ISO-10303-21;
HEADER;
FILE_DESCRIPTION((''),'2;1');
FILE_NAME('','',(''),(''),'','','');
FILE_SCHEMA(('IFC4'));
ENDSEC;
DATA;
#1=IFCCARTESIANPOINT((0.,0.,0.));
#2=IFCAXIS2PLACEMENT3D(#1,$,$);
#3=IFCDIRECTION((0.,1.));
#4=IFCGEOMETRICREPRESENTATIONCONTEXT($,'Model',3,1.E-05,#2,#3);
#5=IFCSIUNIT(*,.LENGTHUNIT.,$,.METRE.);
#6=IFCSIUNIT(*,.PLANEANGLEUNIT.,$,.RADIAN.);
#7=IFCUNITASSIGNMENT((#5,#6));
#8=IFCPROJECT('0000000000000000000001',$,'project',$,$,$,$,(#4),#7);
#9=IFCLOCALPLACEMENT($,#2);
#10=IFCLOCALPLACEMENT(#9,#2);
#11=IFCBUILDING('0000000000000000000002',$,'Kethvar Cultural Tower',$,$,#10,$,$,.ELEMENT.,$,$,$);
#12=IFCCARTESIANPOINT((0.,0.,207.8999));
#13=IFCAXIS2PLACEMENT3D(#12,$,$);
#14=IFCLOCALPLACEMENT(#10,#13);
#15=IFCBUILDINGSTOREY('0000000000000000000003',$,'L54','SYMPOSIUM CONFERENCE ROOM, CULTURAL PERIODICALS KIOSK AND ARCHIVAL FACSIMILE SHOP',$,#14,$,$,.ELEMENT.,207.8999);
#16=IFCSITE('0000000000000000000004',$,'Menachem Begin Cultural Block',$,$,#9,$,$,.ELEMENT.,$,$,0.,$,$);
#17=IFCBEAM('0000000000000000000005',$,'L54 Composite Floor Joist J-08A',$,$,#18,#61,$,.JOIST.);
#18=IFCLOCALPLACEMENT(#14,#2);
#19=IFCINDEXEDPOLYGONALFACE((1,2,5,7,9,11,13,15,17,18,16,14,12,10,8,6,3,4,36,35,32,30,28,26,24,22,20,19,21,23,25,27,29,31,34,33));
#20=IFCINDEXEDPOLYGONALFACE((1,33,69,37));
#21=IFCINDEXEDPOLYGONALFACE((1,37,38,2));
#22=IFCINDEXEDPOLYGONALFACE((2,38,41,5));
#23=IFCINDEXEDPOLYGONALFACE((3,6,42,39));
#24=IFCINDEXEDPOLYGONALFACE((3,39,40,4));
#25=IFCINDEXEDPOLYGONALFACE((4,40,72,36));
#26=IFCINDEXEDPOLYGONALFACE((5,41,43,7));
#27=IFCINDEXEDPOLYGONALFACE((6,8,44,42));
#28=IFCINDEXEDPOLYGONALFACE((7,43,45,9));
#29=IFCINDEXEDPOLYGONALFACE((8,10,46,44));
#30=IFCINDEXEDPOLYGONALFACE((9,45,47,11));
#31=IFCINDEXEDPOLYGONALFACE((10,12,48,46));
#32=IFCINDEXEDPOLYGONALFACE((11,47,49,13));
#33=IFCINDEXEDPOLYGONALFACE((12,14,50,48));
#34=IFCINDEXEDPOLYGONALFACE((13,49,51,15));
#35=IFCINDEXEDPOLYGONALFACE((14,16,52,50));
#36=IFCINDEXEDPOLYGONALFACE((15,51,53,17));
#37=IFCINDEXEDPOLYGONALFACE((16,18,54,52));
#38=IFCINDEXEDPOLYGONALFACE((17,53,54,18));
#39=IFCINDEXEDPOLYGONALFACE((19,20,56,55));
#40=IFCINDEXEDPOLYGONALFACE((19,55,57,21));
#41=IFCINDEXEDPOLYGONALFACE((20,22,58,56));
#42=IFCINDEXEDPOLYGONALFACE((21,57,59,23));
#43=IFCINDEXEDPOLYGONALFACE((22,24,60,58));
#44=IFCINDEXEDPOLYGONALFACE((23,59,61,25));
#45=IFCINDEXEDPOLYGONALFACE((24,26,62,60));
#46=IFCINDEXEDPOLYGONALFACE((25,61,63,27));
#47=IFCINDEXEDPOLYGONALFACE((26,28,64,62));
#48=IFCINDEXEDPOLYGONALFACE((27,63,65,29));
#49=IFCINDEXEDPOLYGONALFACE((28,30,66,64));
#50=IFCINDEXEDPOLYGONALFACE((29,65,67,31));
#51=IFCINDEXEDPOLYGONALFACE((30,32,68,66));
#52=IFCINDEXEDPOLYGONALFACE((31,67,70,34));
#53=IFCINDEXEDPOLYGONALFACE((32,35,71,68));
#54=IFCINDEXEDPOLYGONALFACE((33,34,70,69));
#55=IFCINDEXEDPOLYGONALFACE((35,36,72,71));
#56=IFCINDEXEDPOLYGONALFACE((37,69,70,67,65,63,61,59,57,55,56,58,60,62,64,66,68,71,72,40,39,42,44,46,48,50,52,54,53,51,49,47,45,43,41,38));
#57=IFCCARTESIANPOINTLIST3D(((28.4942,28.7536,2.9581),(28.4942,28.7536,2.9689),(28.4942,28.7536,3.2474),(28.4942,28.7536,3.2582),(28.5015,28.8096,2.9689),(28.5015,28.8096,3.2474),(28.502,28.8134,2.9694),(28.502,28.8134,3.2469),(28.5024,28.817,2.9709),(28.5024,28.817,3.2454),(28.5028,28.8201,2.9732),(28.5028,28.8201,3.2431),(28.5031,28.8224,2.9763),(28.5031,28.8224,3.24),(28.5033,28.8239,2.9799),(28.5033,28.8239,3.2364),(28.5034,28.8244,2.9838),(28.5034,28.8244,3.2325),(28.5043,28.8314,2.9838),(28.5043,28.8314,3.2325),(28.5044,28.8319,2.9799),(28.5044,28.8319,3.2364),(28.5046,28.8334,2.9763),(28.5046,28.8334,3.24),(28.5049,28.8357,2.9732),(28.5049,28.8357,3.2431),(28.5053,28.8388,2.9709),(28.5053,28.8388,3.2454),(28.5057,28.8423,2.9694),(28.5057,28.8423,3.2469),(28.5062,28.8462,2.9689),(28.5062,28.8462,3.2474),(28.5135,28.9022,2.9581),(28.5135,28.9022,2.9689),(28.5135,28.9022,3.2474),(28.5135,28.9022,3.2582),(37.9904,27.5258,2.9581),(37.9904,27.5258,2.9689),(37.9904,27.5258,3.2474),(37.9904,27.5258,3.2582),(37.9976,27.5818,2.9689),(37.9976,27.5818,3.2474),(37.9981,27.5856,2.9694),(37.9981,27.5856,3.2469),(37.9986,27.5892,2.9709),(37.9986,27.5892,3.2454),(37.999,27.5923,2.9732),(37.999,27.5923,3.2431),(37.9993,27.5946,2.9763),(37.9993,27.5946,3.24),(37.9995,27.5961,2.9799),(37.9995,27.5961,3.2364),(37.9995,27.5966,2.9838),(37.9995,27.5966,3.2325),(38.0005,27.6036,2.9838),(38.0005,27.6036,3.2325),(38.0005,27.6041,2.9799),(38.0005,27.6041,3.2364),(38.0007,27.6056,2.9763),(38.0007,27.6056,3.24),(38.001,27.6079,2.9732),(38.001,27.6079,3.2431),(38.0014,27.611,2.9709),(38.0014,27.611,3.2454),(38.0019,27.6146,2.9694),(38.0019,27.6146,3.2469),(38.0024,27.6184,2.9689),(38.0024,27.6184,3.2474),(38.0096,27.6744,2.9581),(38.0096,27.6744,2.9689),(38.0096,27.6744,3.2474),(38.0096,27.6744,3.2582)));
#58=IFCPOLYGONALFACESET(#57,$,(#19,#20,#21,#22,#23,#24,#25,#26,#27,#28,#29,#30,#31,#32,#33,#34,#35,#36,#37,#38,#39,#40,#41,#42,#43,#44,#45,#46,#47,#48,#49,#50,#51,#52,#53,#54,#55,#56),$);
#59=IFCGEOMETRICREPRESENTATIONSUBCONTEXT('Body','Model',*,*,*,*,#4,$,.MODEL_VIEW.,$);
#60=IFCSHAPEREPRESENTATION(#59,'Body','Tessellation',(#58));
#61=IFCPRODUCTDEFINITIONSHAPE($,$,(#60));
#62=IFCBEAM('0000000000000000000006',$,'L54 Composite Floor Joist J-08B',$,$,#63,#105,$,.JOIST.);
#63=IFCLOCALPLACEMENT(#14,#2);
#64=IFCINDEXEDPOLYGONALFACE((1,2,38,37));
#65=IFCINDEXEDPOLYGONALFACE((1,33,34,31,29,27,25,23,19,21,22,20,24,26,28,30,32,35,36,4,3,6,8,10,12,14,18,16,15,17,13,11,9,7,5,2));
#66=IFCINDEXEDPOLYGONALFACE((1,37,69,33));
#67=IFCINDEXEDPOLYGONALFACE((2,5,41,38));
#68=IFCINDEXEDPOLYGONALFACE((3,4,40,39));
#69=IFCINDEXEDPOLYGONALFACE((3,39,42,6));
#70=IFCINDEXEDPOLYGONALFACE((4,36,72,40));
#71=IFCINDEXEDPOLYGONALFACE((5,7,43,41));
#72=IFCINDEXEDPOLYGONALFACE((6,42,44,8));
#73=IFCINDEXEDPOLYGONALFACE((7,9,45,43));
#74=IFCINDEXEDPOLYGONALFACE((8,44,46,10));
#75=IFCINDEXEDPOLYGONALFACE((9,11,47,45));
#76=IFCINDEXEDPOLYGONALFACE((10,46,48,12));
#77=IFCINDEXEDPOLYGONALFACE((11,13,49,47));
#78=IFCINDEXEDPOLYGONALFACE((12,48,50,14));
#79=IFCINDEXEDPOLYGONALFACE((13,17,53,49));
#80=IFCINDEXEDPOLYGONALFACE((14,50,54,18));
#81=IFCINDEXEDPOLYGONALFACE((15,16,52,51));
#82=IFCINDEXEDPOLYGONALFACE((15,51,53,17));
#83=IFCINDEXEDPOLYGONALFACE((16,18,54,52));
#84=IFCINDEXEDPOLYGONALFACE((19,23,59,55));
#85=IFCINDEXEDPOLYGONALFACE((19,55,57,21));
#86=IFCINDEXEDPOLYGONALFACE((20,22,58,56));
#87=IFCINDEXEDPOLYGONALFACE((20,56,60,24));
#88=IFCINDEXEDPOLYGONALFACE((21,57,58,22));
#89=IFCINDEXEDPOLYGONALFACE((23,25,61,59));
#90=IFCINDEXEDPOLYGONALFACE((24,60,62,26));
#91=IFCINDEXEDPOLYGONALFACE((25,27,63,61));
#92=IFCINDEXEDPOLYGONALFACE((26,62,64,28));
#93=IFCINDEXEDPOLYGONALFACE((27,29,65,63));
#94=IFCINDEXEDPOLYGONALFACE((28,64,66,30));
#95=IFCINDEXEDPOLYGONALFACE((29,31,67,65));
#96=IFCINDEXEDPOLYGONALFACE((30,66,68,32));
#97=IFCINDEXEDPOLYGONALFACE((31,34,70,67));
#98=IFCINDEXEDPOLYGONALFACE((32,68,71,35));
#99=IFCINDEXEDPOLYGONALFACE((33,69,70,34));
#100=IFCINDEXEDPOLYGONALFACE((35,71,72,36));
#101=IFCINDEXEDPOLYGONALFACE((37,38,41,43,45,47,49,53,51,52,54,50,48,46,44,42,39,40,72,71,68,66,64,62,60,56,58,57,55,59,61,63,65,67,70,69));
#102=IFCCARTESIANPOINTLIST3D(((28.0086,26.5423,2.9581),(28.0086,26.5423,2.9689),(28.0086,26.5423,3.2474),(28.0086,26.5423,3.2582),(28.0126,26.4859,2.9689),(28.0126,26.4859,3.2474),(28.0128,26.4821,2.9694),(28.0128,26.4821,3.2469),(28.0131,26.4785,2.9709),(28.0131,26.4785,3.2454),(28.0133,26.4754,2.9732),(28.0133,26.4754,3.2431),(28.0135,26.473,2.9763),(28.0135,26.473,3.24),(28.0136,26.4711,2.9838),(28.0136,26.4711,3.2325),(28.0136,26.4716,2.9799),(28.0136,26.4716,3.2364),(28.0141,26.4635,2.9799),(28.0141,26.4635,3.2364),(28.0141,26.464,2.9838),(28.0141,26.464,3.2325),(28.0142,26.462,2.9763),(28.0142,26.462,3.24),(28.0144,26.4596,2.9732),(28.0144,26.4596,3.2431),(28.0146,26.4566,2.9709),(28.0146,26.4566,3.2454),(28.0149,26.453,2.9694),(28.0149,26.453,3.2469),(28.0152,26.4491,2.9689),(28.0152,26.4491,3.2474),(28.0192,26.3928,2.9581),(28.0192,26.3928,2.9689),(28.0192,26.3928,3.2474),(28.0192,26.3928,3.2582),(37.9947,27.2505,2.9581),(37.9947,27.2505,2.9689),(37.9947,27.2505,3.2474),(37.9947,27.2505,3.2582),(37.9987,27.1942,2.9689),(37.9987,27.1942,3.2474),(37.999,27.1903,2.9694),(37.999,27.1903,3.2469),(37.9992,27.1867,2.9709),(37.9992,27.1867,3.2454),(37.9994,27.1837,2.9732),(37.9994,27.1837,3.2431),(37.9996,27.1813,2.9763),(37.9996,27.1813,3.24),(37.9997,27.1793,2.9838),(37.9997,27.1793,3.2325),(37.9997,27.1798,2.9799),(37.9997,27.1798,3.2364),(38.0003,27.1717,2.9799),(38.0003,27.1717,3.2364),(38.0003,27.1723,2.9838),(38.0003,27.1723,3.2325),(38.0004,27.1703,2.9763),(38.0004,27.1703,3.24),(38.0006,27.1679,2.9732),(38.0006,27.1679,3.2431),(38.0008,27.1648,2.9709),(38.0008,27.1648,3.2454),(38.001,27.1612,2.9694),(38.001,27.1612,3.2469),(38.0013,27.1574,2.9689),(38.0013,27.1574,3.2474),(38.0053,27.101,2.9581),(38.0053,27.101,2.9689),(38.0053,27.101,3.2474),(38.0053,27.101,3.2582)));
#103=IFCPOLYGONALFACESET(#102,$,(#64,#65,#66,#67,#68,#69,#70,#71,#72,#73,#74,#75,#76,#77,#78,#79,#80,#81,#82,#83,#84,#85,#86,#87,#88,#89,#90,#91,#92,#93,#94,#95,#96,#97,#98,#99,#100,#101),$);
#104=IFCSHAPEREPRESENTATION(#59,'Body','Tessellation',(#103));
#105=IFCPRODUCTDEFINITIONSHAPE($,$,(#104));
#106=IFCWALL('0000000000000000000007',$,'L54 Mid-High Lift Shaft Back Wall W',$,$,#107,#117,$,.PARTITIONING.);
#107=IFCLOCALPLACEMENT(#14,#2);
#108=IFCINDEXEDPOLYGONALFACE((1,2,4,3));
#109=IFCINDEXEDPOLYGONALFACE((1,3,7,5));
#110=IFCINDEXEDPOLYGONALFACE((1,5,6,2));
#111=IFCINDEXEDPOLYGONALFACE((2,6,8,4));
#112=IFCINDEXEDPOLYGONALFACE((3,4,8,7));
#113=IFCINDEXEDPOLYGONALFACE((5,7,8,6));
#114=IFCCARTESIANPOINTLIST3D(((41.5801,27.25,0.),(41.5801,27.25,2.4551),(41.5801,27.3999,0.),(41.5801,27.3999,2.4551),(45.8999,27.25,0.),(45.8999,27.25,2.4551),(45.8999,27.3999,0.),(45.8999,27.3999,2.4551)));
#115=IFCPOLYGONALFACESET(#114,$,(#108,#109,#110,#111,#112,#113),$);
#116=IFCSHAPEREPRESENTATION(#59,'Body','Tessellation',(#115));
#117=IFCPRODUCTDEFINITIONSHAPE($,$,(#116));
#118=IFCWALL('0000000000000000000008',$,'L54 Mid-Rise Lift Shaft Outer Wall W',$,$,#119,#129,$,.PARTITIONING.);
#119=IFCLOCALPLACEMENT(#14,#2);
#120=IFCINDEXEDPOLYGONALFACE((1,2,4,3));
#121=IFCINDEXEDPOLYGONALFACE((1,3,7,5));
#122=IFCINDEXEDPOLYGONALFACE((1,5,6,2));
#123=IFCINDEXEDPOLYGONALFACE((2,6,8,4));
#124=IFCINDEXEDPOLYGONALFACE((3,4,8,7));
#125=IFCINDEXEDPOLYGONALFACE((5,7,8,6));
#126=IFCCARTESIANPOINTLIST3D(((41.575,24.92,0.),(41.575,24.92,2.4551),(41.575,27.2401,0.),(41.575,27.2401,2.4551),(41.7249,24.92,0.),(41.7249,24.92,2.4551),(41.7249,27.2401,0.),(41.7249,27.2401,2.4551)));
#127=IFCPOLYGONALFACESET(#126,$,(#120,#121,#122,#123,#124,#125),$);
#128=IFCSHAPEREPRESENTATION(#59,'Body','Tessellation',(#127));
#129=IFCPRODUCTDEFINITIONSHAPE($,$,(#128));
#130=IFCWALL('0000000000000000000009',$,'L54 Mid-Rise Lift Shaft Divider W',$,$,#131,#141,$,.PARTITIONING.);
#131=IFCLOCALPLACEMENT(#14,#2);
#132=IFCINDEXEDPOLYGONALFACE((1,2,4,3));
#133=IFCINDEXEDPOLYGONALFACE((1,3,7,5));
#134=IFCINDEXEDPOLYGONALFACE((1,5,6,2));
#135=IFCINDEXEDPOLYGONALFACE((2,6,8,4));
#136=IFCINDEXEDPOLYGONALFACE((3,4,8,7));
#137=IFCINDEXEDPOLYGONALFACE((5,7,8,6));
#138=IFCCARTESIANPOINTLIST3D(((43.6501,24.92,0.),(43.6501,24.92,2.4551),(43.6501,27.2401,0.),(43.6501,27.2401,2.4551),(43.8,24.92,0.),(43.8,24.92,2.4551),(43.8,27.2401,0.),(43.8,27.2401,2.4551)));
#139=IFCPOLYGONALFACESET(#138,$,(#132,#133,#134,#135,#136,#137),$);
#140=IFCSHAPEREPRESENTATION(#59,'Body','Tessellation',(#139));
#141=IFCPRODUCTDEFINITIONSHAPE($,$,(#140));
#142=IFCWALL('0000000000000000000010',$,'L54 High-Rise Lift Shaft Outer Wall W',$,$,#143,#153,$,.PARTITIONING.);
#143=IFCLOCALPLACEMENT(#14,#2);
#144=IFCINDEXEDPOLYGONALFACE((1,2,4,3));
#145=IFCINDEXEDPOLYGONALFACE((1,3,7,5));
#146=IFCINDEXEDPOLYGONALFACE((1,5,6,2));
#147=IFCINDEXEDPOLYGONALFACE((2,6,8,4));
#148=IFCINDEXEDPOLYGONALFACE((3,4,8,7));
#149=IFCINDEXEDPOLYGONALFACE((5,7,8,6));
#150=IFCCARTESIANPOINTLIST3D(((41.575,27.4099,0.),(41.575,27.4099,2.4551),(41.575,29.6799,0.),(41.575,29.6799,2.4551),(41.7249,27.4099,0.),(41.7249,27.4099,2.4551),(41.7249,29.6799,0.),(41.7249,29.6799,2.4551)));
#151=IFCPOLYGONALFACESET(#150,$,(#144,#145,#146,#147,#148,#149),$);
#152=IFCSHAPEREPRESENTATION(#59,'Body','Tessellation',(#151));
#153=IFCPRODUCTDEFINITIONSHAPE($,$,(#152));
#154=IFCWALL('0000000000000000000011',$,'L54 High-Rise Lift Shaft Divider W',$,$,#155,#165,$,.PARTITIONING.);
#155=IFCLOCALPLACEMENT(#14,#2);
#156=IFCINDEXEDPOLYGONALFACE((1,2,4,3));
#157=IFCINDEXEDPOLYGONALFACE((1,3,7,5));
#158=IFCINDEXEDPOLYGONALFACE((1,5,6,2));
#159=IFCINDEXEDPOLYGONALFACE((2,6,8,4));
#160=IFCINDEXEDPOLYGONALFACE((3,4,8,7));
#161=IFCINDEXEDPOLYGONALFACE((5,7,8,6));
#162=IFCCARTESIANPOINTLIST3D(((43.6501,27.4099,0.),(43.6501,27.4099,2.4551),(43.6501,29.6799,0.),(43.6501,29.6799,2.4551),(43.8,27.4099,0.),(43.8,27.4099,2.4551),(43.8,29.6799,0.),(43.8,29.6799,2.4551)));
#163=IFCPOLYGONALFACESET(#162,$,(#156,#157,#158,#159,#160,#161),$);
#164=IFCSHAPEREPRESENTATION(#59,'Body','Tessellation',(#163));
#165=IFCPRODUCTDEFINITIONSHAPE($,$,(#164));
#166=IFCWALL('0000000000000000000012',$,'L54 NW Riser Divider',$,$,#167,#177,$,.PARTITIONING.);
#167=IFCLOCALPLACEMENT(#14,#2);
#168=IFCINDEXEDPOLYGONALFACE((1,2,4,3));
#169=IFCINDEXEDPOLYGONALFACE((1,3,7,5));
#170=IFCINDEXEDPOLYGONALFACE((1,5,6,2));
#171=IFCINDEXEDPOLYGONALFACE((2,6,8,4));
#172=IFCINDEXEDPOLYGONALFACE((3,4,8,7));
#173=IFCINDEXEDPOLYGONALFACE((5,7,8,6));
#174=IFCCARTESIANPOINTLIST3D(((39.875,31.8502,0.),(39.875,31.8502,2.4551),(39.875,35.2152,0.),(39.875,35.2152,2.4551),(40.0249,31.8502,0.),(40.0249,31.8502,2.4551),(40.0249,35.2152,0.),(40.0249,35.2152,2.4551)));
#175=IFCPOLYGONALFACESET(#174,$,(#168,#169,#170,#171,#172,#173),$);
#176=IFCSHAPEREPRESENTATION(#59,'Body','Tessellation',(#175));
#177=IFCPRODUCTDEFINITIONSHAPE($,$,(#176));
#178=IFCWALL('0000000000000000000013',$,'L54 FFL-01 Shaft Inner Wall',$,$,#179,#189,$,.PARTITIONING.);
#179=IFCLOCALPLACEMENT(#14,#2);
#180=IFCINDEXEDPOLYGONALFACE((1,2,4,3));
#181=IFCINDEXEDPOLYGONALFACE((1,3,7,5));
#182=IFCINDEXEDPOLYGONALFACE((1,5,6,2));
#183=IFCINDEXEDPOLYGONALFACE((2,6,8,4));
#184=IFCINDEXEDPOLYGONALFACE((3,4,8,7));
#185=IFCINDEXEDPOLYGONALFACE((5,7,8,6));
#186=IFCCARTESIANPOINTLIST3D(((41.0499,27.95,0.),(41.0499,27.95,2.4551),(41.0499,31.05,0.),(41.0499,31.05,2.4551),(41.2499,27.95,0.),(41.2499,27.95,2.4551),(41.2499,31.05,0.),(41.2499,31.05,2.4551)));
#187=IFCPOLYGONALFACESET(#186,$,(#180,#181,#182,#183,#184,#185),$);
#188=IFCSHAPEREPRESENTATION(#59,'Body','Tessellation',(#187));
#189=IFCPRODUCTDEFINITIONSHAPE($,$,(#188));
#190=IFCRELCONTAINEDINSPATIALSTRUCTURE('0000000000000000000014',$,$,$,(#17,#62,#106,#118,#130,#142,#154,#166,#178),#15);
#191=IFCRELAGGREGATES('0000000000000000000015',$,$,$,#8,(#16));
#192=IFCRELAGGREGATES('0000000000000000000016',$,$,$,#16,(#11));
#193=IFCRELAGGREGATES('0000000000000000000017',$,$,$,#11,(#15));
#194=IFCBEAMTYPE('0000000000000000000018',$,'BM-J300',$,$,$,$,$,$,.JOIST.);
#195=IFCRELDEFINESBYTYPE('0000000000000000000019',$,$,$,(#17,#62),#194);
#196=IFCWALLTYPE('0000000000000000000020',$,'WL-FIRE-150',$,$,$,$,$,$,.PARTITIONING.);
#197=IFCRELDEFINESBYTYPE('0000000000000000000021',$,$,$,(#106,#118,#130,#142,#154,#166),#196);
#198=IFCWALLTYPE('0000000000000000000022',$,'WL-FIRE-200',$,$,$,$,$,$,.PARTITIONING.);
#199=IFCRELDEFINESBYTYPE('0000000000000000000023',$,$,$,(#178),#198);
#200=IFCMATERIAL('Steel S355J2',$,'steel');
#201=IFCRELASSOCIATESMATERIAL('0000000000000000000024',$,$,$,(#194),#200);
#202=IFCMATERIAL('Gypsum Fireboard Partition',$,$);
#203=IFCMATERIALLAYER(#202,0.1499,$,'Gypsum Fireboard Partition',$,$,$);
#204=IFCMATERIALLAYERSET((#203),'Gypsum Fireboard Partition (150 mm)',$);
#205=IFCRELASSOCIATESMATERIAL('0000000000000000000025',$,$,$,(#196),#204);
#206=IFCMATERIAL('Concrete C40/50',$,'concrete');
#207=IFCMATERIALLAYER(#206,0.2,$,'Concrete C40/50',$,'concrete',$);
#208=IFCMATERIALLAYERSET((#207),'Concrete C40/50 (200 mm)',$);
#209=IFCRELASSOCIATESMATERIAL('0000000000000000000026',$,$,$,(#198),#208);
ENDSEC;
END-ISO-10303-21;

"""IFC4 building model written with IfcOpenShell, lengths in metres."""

from ifc_helpers import new_model, si_unit, direction, frame, frame_2d, origin, origin_2d, place, context, subcontext, project, spatial, rectangle, i_section, extrude, source, transform, mapped, material, layer, layer_set, material_profile, profile_set, type_object, element, save


model = new_model("IFC4")

# Units and contexts
model_context = context("Model", 3, precision=1e-05, world=origin(), true_north=direction((0.0, 1.0)))
body_context = subcontext(model_context, "Body", "Model", "MODEL_VIEW")
ifc_project = project(units=[si_unit("LENGTHUNIT", "METRE"), si_unit("PLANEANGLEUNIT", "RADIAN")], contexts=[model_context])

# Site, building, storey
site_placement = place(None, origin())
site = spatial("IfcSite", under=ifc_project, at=site_placement, Name="Menachem Begin Cultural Block", CompositionType="ELEMENT", RefElevation=0.0)
building_placement = place(site_placement, origin())
building = spatial("IfcBuilding", under=site, at=building_placement, Name="Kethvar Cultural Tower", CompositionType="ELEMENT")
storey_placement = place(building_placement, frame((0.0, 0.0, 207.8999)))
storey = spatial("IfcBuildingStorey", under=building, at=storey_placement, Name="L54", Description="SYMPOSIUM CONFERENCE ROOM, CULTURAL PERIODICALS KIOSK AND ARCHIVAL FACSIMILE SHOP", CompositionType="ELEMENT", Elevation=207.8999)

# Beams
ifc_material_1 = material(Name="Steel S355J2", Category="steel")
ifc_material_profile_1 = material_profile(ifc_material_1, i_section(OverallWidth=0.1499, OverallDepth=0.3, WebThickness=0.0071, FlangeThickness=0.0107, FilletRadius=0.0149, at=origin_2d()), Name="Steel S355J2 — IPE300")
ifc_profile_set_1 = profile_set([ifc_material_profile_1], Name="Steel S355J2 — IPE300")
beam_type_1 = type_object("IfcBeamType", Name="BM-J300", PredefinedType="JOIST", material=ifc_profile_set_1)
shared_shape_1 = source(origin(), body_context, "Body", "SweptSolid", [
    extrude(i_section(OverallWidth=0.1499, OverallDepth=0.3, WebThickness=0.0071, FlangeThickness=0.0107, FilletRadius=0.0149, at=origin_2d()), origin(), (0.0, 0.0, 1.0), 9.5752),
])
beam_1_placement = place(storey_placement, frame((38.0, 27.6001, 3.1082), z_axis=(-0.991745, 0.128226, 0.0), x_axis=(-0.128226, -0.991745, 0.0)))
element("IfcBeam", 1, at=beam_1_placement, inside=storey, type_object=beam_type_1, Name="L54 Composite Floor Joist J-08A", PredefinedType="JOIST", context=body_context, shape_type="MappedRepresentation", body=[
    mapped(shared_shape_1, transform((0.0, 0.0, 0.0), scale=1.0)),
])
shared_shape_2 = source(origin(), body_context, "Body", "SweptSolid", [
    extrude(i_section(OverallWidth=0.1499, OverallDepth=0.3, WebThickness=0.0071, FlangeThickness=0.0107, FilletRadius=0.0149, at=origin_2d()), origin(), (0.0, 0.0, 1.0), 10.0112),
])
beam_2_placement = place(storey_placement, frame((38.0, 27.1758, 3.1082), z_axis=(-0.997494, -0.070746, 0.0), x_axis=(0.070746, -0.997494, 0.0)))
element("IfcBeam", 2, at=beam_2_placement, inside=storey, type_object=beam_type_1, Name="L54 Composite Floor Joist J-08B", PredefinedType="JOIST", context=body_context, shape_type="MappedRepresentation", body=[
    mapped(shared_shape_2, transform((0.0, 0.0, 0.0), scale=1.0)),
])

# Walls
ifc_material_2 = material(Name="Gypsum Fireboard Partition")
ifc_layer_1 = layer(ifc_material_2, 0.1499, Name="Gypsum Fireboard Partition")
ifc_layer_set_1 = layer_set([ifc_layer_1], Name="Gypsum Fireboard Partition (150 mm)")
wall_type_1 = type_object("IfcWallType", Name="WL-FIRE-150", PredefinedType="PARTITIONING", material=ifc_layer_set_1)
wall_1_placement = place(storey_placement, frame((41.5801, 27.325, 0.0), z_axis=(0.0, 0.0, 1.0), x_axis=(1.0, 0.0, 0.0)))
element("IfcWall", 3, at=wall_1_placement, inside=storey, type_object=wall_type_1, Name="L54 Mid-High Lift Shaft Back Wall W", PredefinedType="PARTITIONING", context=body_context, shape_type="SweptSolid", body=[
    extrude(rectangle(XDim=4.3198, YDim=0.1499, at=frame_2d((2.1599, 0.0))), origin(), (0.0, 0.0, 1.0), 2.4551),
])
for number, where, z_axis, x_axis, name in (
    (4, (41.6499, 24.9199, 0.0), (0.0, 0.0, 1.0), (0.0, 1.0, 0.0), "L54 Mid-Rise Lift Shaft Outer Wall W"),
    (5, (43.7251, 24.9199, 0.0), (0.0, 0.0, 1.0), (0.0, 1.0, 0.0), "L54 Mid-Rise Lift Shaft Divider W"),
):
    element("IfcWall", number, at=place(storey_placement, frame(where, z_axis=z_axis, x_axis=x_axis)), inside=storey, type_object=wall_type_1, Name=name, PredefinedType="PARTITIONING", context=body_context, shape_type="SweptSolid", body=[
        extrude(rectangle(XDim=2.3201, YDim=0.1499, at=frame_2d((1.1602, 0.0))), origin(), (0.0, 0.0, 1.0), 2.4551),
    ])
for number, where, z_axis, x_axis, name in (
    (6, (41.6499, 27.4099, 0.0), (0.0, 0.0, 1.0), (0.0, 1.0, 0.0), "L54 High-Rise Lift Shaft Outer Wall W"),
    (7, (43.7251, 27.4099, 0.0), (0.0, 0.0, 1.0), (0.0, 1.0, 0.0), "L54 High-Rise Lift Shaft Divider W"),
):
    element("IfcWall", number, at=place(storey_placement, frame(where, z_axis=z_axis, x_axis=x_axis)), inside=storey, type_object=wall_type_1, Name=name, PredefinedType="PARTITIONING", context=body_context, shape_type="SweptSolid", body=[
        extrude(rectangle(XDim=2.27, YDim=0.1499, at=frame_2d((1.135, 0.0))), origin(), (0.0, 0.0, 1.0), 2.4551),
    ])
wall_2_placement = place(storey_placement, frame((39.95, 31.8501, 0.0), z_axis=(0.0, 0.0, 1.0), x_axis=(0.0, 1.0, 0.0)))
element("IfcWall", 8, at=wall_2_placement, inside=storey, type_object=wall_type_1, Name="L54 NW Riser Divider", PredefinedType="PARTITIONING", context=body_context, shape_type="SweptSolid", body=[
    extrude(rectangle(XDim=3.365, YDim=0.1499, at=frame_2d((1.6826, 0.0))), origin(), (0.0, 0.0, 1.0), 2.4551),
])
ifc_material_3 = material(Name="Concrete C40/50", Category="concrete")
ifc_layer_2 = layer(ifc_material_3, 0.2, Name="Concrete C40/50", Category="concrete")
ifc_layer_set_2 = layer_set([ifc_layer_2], Name="Concrete C40/50 (200 mm)")
wall_type_2 = type_object("IfcWallType", Name="WL-FIRE-200", PredefinedType="PARTITIONING", material=ifc_layer_set_2)
wall_3_placement = place(storey_placement, frame((41.1499, 27.95, 0.0), z_axis=(0.0, 0.0, 1.0), x_axis=(0.0, 1.0, 0.0)))
element("IfcWall", 9, at=wall_3_placement, inside=storey, type_object=wall_type_2, Name="L54 FFL-01 Shaft Inner Wall", PredefinedType="PARTITIONING", context=body_context, shape_type="SweptSolid", body=[
    extrude(rectangle(XDim=3.1001, YDim=0.2, at=frame_2d((1.55, 0.0))), origin(), (0.0, 0.0, 1.0), 2.4551),
])

save(model, "model.ifc")
